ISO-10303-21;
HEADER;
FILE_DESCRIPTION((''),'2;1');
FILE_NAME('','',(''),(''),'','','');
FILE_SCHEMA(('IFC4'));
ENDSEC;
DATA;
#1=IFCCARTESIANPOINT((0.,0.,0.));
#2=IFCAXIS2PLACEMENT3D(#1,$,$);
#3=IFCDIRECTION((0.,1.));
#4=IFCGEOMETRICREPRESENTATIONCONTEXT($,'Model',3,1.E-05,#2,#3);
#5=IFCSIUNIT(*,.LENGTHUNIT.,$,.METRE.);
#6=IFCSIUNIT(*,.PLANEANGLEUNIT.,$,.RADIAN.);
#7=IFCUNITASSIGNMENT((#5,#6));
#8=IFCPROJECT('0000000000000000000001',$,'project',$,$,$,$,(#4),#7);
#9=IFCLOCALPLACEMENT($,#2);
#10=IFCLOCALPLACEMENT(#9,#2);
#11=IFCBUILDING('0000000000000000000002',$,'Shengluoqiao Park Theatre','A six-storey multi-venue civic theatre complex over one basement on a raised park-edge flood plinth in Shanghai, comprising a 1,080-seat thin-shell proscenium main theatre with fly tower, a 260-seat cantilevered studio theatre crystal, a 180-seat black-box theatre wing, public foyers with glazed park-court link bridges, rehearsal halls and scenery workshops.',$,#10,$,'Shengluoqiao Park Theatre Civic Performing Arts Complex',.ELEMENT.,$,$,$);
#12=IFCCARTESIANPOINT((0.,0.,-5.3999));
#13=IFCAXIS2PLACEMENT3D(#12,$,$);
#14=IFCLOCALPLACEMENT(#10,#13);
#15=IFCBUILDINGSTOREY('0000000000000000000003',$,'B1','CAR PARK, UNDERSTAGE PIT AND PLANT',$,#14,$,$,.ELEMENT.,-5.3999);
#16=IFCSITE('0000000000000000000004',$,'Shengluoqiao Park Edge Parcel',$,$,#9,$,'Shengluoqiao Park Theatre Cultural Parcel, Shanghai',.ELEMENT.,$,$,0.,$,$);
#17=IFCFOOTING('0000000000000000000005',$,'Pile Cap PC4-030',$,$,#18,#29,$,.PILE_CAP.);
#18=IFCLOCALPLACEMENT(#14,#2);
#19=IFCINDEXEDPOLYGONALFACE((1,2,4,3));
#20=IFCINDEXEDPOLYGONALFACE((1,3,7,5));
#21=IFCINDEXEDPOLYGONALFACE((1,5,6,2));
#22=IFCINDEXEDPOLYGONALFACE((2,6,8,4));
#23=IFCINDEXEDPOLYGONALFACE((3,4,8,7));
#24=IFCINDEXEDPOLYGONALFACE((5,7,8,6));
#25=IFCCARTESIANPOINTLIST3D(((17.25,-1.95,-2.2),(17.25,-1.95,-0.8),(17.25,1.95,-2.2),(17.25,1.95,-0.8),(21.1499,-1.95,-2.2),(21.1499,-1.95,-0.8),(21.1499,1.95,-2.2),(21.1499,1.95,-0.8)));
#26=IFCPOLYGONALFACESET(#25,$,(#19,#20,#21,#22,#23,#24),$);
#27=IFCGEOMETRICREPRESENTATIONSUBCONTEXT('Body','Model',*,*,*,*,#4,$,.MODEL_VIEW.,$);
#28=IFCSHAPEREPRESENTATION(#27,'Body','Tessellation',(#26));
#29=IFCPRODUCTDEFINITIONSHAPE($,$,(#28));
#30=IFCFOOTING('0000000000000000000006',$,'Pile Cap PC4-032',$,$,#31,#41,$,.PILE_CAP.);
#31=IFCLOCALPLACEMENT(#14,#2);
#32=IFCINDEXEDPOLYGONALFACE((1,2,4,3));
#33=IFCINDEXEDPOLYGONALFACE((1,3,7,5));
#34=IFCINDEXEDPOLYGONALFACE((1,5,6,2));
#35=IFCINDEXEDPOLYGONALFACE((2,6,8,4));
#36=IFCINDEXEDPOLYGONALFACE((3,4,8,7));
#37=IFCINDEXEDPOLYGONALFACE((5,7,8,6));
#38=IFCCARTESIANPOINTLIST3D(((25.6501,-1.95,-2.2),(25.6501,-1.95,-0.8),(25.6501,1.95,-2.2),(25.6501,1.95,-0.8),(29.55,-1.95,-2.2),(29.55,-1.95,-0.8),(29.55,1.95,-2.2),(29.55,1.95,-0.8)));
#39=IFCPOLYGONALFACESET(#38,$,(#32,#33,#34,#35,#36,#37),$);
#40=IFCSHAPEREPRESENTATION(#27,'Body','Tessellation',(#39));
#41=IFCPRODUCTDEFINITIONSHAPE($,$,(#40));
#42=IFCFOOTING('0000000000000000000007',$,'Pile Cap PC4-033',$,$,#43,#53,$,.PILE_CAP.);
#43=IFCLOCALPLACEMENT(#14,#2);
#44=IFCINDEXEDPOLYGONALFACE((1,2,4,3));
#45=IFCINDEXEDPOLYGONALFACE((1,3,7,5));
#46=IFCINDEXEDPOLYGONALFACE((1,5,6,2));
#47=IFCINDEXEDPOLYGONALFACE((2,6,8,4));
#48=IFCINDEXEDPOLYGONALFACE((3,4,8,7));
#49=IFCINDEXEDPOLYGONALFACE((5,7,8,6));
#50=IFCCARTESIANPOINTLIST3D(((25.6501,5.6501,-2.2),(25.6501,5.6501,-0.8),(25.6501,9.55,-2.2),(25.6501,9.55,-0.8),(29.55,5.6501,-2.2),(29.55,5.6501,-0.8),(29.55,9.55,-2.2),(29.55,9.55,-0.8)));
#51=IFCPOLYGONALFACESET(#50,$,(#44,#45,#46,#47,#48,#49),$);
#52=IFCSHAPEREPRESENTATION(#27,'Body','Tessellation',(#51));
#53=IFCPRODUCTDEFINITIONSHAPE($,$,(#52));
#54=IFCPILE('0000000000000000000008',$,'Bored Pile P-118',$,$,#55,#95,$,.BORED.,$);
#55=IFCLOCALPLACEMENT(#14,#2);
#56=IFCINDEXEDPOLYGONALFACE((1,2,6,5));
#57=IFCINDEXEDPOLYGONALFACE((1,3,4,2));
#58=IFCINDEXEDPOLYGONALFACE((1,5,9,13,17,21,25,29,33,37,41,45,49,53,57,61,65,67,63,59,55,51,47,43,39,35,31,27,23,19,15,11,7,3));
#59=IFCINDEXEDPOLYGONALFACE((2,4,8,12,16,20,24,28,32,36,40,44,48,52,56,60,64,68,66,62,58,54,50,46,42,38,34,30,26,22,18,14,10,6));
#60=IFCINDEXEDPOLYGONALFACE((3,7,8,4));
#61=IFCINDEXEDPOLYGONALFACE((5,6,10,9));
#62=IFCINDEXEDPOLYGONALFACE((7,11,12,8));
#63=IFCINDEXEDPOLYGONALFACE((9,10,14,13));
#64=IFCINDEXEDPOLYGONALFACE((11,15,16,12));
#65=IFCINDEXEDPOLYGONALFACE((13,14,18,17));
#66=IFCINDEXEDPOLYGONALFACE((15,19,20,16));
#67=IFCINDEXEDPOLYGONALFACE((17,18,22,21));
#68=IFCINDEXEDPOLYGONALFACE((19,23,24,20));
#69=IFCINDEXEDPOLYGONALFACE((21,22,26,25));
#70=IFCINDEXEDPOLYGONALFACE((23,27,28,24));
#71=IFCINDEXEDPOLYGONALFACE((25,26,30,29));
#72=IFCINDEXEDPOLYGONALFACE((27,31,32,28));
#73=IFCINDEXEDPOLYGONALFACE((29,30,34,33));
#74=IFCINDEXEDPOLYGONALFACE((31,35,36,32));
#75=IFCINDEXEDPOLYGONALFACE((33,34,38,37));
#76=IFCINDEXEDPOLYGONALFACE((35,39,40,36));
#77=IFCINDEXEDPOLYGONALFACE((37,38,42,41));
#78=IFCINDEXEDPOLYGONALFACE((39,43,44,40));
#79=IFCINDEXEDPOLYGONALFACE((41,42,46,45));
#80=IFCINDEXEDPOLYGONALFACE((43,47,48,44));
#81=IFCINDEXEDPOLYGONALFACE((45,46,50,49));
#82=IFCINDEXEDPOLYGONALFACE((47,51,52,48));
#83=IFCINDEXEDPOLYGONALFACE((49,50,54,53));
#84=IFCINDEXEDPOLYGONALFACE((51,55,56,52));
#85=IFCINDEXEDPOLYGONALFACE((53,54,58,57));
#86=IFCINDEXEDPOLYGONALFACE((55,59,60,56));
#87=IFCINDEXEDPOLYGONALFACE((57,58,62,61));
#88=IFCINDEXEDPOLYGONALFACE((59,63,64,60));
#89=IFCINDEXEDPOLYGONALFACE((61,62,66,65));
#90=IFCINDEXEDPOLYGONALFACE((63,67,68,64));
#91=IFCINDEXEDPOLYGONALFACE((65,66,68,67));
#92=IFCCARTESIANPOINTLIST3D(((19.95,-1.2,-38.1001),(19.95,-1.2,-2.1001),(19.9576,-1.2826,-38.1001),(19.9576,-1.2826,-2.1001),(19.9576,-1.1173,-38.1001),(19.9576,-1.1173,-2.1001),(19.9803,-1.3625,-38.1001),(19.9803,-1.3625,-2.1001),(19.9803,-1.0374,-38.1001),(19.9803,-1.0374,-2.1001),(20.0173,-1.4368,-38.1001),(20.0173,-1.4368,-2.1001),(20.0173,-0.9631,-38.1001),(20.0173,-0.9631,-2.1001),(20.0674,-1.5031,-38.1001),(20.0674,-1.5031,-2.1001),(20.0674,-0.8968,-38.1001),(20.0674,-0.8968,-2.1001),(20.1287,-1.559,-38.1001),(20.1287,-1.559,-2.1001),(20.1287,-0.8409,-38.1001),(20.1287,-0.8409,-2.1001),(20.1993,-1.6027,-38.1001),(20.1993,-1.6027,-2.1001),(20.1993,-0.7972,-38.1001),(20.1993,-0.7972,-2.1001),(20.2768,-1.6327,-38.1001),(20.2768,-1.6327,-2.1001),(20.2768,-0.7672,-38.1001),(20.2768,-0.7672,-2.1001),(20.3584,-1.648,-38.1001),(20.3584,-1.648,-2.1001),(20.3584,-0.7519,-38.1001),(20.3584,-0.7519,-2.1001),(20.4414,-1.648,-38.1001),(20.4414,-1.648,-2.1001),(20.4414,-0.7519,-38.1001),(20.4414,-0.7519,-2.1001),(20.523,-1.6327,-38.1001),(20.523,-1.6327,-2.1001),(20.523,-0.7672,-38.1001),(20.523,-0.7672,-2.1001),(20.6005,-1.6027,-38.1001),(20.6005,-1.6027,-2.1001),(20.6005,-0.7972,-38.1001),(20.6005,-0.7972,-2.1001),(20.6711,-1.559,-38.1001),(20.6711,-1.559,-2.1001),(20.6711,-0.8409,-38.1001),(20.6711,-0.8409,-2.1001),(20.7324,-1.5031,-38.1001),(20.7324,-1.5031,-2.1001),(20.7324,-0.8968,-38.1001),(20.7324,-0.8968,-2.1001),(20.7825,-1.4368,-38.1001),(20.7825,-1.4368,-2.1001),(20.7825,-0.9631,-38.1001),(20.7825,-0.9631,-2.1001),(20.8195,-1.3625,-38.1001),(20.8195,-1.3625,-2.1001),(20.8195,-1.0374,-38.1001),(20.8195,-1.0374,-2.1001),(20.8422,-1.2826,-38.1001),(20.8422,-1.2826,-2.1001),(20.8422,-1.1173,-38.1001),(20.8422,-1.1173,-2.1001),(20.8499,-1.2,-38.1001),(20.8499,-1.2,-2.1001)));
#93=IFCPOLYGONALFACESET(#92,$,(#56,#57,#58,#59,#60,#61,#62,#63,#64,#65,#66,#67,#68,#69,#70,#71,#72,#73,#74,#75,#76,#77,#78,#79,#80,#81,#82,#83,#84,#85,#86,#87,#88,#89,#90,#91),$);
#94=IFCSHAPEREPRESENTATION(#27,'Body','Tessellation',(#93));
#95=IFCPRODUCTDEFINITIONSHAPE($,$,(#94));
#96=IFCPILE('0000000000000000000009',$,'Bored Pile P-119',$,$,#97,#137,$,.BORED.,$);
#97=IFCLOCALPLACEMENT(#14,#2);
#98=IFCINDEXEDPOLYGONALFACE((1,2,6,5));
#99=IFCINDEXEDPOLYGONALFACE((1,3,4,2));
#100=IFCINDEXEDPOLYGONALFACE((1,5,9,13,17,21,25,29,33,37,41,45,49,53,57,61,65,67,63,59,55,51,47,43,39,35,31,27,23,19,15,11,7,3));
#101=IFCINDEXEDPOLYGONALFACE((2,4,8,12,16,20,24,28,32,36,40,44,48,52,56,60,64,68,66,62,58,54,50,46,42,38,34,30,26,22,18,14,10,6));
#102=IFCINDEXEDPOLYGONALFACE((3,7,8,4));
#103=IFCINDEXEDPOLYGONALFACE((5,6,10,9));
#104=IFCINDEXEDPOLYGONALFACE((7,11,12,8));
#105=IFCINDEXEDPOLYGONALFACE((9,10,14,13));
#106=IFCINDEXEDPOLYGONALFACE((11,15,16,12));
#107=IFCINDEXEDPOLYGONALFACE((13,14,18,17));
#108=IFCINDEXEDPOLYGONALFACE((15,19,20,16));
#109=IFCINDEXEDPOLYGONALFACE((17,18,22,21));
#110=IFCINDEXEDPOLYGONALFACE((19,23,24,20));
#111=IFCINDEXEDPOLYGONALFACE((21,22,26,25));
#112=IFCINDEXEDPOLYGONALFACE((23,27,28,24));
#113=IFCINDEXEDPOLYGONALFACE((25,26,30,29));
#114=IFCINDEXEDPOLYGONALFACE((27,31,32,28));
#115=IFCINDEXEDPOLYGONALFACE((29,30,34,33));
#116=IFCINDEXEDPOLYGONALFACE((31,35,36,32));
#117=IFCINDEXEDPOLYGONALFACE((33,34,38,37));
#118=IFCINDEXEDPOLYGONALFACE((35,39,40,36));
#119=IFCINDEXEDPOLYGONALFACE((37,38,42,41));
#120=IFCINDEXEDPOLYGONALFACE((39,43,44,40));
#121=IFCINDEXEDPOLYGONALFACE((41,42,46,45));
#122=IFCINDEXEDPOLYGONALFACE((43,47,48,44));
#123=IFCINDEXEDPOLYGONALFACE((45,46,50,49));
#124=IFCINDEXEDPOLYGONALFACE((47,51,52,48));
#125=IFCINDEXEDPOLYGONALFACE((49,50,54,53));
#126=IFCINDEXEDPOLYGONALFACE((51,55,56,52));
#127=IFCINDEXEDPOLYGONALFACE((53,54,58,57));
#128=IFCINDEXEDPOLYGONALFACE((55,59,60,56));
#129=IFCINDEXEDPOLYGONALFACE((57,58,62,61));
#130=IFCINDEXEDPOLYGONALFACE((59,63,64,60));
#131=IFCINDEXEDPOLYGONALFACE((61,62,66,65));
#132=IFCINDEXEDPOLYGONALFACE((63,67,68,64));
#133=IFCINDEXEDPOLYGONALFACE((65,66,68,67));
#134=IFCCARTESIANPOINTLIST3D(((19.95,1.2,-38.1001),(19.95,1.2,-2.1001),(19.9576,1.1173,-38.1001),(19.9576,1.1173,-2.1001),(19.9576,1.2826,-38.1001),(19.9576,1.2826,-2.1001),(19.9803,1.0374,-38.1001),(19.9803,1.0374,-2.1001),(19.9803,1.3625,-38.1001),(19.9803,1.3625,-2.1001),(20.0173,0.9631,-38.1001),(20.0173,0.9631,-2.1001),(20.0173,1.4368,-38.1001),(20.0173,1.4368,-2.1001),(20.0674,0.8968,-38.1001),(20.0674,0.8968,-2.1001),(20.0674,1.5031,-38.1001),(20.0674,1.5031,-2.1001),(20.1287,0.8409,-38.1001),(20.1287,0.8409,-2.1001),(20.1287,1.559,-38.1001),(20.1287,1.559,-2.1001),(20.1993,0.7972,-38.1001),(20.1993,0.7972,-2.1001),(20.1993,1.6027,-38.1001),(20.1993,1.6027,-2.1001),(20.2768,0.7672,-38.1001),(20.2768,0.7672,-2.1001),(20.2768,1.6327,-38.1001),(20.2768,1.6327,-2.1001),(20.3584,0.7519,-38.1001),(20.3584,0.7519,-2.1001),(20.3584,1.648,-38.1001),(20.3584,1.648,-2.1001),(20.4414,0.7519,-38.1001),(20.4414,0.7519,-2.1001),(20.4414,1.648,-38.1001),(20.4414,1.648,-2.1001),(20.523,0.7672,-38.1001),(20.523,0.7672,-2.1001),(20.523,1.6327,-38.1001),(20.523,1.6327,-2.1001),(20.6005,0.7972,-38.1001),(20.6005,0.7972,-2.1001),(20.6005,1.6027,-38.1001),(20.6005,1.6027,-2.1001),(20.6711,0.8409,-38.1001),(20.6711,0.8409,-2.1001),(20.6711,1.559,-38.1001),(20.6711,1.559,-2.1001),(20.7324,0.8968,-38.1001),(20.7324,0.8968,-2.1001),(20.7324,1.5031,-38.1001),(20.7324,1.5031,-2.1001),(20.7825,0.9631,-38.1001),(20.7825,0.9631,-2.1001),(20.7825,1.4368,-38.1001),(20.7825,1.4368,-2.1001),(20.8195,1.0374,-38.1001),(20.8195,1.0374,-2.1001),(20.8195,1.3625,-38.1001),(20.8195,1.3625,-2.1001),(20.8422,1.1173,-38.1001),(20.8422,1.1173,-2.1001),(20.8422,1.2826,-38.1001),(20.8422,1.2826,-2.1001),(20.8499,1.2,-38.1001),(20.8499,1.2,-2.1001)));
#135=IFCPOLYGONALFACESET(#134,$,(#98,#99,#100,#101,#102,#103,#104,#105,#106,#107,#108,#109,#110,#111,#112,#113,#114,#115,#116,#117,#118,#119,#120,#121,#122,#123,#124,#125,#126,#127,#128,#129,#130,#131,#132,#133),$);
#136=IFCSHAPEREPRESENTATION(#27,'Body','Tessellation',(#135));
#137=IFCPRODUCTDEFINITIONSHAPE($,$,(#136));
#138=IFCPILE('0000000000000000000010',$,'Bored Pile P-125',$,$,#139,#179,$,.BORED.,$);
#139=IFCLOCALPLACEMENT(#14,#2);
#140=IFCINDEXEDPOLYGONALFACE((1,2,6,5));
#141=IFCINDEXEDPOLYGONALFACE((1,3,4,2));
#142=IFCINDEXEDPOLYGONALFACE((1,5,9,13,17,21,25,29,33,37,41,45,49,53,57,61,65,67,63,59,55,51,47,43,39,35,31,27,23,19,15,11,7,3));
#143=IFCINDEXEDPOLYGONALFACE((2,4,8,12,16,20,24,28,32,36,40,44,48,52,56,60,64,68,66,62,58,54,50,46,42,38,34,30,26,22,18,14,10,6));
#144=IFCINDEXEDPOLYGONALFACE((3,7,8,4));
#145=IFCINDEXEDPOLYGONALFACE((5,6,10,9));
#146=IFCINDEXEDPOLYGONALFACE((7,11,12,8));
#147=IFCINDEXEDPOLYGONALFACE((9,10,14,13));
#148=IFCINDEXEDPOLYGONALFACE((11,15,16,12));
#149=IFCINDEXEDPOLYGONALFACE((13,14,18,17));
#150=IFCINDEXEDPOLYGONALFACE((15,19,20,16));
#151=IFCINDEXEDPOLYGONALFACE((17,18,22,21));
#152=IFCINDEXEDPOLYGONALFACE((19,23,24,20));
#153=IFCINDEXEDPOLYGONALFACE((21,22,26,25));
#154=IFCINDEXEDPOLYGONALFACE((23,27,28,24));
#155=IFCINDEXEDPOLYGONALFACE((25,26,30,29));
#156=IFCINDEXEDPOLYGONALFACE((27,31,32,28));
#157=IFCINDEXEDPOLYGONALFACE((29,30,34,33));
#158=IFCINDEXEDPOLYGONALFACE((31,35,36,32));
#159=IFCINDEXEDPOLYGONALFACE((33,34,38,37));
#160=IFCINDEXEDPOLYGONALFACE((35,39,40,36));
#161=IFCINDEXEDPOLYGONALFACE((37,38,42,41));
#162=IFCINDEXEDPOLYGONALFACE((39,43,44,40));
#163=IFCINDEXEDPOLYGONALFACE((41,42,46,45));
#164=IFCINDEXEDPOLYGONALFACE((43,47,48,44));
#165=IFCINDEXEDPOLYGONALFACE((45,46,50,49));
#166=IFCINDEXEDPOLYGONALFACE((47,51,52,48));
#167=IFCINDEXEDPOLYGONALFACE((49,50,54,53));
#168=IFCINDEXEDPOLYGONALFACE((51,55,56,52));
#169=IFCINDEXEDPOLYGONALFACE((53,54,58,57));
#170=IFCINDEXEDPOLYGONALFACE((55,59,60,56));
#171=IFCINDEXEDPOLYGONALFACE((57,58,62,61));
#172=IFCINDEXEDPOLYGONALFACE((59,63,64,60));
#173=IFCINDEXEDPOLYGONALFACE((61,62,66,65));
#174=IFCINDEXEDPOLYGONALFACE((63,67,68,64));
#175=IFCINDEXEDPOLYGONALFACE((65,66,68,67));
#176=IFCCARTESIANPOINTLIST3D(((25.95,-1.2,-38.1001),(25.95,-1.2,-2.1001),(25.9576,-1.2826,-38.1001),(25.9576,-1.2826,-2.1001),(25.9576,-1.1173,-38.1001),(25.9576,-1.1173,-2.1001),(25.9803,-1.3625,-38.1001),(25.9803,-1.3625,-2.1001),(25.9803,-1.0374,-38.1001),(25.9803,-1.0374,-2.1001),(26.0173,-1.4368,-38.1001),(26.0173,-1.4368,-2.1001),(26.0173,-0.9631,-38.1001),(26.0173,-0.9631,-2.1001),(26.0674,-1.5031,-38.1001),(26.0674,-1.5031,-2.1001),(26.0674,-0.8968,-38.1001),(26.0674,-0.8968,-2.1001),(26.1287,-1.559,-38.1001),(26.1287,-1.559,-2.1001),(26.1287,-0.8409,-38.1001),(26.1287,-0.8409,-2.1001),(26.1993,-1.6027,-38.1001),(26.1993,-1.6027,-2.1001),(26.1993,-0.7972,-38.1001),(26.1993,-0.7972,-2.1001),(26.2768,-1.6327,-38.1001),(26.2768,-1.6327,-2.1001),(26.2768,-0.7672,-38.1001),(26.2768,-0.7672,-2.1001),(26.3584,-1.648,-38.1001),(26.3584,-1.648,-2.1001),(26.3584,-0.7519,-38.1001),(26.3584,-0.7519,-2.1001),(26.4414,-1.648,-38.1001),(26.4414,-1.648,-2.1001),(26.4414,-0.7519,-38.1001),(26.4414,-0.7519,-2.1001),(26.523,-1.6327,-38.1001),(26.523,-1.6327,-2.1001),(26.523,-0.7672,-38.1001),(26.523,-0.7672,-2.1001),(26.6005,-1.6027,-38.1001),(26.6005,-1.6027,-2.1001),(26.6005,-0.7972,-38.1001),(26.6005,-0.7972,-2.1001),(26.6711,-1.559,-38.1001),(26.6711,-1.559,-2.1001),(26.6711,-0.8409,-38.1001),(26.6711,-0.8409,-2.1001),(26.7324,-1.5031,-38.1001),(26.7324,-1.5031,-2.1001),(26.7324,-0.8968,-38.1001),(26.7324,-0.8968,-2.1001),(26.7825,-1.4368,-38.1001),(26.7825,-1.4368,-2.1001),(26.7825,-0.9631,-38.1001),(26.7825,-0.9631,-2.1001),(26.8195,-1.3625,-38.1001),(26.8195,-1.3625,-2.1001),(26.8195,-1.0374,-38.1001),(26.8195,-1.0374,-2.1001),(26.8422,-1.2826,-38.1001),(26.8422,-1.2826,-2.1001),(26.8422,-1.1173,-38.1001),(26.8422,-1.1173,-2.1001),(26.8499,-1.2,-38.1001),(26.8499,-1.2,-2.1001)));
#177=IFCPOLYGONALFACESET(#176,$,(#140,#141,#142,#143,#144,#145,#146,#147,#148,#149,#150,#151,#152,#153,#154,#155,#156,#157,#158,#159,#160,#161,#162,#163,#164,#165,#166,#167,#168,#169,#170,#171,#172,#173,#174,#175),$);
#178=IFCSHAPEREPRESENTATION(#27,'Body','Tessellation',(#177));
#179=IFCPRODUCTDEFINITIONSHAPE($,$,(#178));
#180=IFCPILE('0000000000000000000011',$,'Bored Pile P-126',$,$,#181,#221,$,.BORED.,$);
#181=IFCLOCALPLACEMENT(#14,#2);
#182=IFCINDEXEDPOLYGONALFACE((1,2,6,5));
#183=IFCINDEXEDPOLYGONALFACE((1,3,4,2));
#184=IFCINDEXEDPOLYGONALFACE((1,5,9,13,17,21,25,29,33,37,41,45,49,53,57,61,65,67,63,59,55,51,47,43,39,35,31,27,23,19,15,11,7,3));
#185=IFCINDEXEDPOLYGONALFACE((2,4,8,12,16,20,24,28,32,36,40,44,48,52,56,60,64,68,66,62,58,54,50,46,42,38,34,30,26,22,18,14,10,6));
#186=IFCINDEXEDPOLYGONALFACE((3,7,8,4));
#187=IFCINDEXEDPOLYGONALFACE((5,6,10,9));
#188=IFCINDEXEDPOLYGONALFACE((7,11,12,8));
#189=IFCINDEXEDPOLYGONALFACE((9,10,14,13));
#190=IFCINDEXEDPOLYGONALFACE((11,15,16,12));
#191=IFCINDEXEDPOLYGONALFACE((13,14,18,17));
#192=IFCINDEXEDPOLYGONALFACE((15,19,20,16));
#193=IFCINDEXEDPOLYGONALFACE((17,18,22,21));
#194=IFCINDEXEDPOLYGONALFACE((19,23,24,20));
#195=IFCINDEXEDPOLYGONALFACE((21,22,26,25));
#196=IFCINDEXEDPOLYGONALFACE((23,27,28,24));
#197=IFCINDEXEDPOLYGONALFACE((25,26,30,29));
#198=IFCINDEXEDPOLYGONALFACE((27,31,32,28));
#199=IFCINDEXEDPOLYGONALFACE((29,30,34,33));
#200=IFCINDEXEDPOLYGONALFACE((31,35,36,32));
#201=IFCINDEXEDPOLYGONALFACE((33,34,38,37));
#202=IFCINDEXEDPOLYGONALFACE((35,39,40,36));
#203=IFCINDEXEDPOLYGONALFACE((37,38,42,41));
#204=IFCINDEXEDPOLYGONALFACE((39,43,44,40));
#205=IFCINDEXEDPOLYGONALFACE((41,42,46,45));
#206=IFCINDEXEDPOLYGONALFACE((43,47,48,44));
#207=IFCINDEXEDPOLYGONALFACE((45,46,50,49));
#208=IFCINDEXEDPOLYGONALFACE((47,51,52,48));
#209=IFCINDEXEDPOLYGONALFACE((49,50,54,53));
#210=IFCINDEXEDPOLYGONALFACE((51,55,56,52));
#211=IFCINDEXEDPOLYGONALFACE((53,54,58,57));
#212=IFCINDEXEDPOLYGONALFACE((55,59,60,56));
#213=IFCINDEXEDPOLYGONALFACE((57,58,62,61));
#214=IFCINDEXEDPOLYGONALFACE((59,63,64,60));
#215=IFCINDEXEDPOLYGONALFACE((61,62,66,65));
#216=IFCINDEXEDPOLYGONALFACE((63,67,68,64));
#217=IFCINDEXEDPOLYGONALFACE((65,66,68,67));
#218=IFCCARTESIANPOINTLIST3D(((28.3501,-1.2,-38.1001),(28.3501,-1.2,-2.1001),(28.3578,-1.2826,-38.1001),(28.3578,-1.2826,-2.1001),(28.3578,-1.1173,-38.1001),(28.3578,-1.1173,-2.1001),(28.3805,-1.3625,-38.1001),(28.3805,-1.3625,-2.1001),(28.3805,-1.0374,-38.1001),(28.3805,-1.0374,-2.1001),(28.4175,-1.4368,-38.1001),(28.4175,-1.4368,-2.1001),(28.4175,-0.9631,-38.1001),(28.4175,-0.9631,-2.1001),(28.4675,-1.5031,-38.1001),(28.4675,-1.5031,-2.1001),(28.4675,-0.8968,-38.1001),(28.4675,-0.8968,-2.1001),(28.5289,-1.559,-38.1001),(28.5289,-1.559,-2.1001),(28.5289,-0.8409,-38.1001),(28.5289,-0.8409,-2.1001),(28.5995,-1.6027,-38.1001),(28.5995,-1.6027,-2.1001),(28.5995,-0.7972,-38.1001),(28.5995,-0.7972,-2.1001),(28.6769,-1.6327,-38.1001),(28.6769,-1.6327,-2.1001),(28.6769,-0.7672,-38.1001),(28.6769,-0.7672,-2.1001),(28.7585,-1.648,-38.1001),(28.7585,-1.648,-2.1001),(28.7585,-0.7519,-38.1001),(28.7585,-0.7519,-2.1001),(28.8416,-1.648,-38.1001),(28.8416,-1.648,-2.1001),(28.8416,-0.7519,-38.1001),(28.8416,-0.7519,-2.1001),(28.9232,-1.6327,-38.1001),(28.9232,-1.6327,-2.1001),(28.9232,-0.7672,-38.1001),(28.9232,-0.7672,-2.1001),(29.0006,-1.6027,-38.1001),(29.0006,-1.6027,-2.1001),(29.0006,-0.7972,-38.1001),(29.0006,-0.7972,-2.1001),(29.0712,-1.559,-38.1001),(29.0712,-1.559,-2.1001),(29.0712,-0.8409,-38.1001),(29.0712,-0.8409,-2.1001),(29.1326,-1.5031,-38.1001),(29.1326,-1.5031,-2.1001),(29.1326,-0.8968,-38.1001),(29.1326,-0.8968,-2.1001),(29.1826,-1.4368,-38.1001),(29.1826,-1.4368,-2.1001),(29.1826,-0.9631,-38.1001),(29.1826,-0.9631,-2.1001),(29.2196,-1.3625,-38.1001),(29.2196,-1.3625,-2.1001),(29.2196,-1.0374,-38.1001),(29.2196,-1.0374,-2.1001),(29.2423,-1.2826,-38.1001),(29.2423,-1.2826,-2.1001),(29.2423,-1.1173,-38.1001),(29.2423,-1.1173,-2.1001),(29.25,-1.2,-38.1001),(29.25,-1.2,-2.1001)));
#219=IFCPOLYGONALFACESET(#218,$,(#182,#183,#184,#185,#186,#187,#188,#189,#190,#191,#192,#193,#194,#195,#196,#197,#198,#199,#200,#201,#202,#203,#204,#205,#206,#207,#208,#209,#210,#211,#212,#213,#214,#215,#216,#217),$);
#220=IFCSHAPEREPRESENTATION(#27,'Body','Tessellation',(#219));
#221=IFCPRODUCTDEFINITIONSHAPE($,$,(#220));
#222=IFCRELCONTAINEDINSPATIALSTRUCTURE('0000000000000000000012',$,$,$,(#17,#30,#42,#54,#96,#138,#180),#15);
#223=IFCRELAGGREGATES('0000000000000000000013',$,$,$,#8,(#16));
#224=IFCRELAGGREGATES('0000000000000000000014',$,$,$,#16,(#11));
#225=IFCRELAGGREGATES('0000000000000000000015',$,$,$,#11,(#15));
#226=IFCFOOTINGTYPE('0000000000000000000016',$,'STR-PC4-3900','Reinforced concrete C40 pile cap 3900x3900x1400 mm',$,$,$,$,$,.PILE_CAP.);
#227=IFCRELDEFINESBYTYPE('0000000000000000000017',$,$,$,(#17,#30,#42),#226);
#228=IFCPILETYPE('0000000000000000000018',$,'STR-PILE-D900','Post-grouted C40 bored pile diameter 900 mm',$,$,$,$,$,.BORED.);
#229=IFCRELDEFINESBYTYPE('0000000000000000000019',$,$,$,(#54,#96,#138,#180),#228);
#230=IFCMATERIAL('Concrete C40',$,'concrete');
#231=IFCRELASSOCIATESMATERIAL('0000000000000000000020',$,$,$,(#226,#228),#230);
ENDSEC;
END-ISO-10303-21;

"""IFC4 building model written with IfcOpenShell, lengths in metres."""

from ifc_helpers import new_model, si_unit, direction, frame, origin, origin_2d, place, context, subcontext, project, spatial, rectangle, circle, extrude, material, material_profile, profile_set, type_object, element, save


model = new_model("IFC4")

# Units and contexts
model_context = context("Model", 3, precision=1e-05, world=origin(), true_north=direction((0.0, 1.0)))
body_context = subcontext(model_context, "Body", "Model", "MODEL_VIEW")
ifc_project = project(units=[si_unit("LENGTHUNIT", "METRE"), si_unit("PLANEANGLEUNIT", "RADIAN")], contexts=[model_context])

# Site, building, storey
site_placement = place(None, origin())
site = spatial("IfcSite", under=ifc_project, at=site_placement, Name="Shengluoqiao Park Edge Parcel", LongName="Shengluoqiao Park Theatre Cultural Parcel, Shanghai", CompositionType="ELEMENT", RefElevation=0.0)
building_placement = place(site_placement, origin())
building = spatial("IfcBuilding", under=site, at=building_placement, Name="Shengluoqiao Park Theatre", Description="A six-storey multi-venue civic theatre complex over one basement on a raised park-edge flood plinth in Shanghai, comprising a 1,080-seat thin-shell proscenium main theatre with fly tower, a 260-seat cantilevered studio theatre crystal, a 180-seat black-box theatre wing, public foyers with glazed park-court link bridges, rehearsal halls and scenery workshops.", LongName="Shengluoqiao Park Theatre Civic Performing Arts Complex", CompositionType="ELEMENT")
storey_placement = place(building_placement, frame((0.0, 0.0, -5.3999)))
storey = spatial("IfcBuildingStorey", under=building, at=storey_placement, Name="B1", Description="CAR PARK, UNDERSTAGE PIT AND PLANT", CompositionType="ELEMENT", Elevation=-5.3999)

# Footings
ifc_material_1 = material(Name="Concrete C40", Category="concrete")
footing_type = type_object("IfcFootingType", Name="STR-PC4-3900", Description="Reinforced concrete C40 pile cap 3900x3900x1400 mm", PredefinedType="PILE_CAP", material=ifc_material_1)
for number, where, z_axis, x_axis, name in (
    (1, (19.2, 0.0, -2.2), (0.0, 0.0, 1.0), (1.0, 0.0, 0.0), "Pile Cap PC4-030"),
    (2, (27.6001, 0.0, -2.2), (0.0, 0.0, 1.0), (1.0, 0.0, 0.0), "Pile Cap PC4-032"),
    (3, (27.6001, 7.6001, -2.2), (0.0, 0.0, 1.0), (1.0, 0.0, 0.0), "Pile Cap PC4-033"),
):
    element("IfcFooting", number, at=place(storey_placement, frame(where, z_axis=z_axis, x_axis=x_axis)), inside=storey, type_object=footing_type, Name=name, PredefinedType="PILE_CAP", context=body_context, shape_type="SweptSolid", body=[
        extrude(rectangle(XDim=3.8999, YDim=3.8999, at=origin_2d()), origin(), (0.0, 0.0, 1.0), 1.3999),
    ])

# Piles
ifc_material_profile_1 = material_profile(ifc_material_1, circle(Radius=0.45, at=origin_2d()), Name="BORED PILE D900")
ifc_profile_set_1 = profile_set([ifc_material_profile_1], Name="Concrete C40")
pile_type = type_object("IfcPileType", Name="STR-PILE-D900", Description="Post-grouted C40 bored pile diameter 900 mm", PredefinedType="BORED", material=ifc_profile_set_1)
for number, where, z_axis, x_axis, name in (
    (4, (20.3999, -1.2, -2.1001), (0.0, 0.0, -1.0), (1.0, 0.0, 0.0), "Bored Pile P-118"),
    (5, (20.3999, 1.2, -2.1001), (0.0, 0.0, -1.0), (1.0, 0.0, 0.0), "Bored Pile P-119"),
    (6, (26.3999, -1.2, -2.1001), (0.0, 0.0, -1.0), (1.0, 0.0, 0.0), "Bored Pile P-125"),
    (7, (28.8, -1.2, -2.1001), (0.0, 0.0, -1.0), (1.0, 0.0, 0.0), "Bored Pile P-126"),
):
    element("IfcPile", number, at=place(storey_placement, frame(where, z_axis=z_axis, x_axis=x_axis)), inside=storey, type_object=pile_type, Name=name, PredefinedType="BORED", context=body_context, shape_type="SweptSolid", body=[
        extrude(circle(Radius=0.45, at=origin_2d()), origin(), (0.0, 0.0, 1.0), 36.0),
    ])

save(model, "model.ifc")
